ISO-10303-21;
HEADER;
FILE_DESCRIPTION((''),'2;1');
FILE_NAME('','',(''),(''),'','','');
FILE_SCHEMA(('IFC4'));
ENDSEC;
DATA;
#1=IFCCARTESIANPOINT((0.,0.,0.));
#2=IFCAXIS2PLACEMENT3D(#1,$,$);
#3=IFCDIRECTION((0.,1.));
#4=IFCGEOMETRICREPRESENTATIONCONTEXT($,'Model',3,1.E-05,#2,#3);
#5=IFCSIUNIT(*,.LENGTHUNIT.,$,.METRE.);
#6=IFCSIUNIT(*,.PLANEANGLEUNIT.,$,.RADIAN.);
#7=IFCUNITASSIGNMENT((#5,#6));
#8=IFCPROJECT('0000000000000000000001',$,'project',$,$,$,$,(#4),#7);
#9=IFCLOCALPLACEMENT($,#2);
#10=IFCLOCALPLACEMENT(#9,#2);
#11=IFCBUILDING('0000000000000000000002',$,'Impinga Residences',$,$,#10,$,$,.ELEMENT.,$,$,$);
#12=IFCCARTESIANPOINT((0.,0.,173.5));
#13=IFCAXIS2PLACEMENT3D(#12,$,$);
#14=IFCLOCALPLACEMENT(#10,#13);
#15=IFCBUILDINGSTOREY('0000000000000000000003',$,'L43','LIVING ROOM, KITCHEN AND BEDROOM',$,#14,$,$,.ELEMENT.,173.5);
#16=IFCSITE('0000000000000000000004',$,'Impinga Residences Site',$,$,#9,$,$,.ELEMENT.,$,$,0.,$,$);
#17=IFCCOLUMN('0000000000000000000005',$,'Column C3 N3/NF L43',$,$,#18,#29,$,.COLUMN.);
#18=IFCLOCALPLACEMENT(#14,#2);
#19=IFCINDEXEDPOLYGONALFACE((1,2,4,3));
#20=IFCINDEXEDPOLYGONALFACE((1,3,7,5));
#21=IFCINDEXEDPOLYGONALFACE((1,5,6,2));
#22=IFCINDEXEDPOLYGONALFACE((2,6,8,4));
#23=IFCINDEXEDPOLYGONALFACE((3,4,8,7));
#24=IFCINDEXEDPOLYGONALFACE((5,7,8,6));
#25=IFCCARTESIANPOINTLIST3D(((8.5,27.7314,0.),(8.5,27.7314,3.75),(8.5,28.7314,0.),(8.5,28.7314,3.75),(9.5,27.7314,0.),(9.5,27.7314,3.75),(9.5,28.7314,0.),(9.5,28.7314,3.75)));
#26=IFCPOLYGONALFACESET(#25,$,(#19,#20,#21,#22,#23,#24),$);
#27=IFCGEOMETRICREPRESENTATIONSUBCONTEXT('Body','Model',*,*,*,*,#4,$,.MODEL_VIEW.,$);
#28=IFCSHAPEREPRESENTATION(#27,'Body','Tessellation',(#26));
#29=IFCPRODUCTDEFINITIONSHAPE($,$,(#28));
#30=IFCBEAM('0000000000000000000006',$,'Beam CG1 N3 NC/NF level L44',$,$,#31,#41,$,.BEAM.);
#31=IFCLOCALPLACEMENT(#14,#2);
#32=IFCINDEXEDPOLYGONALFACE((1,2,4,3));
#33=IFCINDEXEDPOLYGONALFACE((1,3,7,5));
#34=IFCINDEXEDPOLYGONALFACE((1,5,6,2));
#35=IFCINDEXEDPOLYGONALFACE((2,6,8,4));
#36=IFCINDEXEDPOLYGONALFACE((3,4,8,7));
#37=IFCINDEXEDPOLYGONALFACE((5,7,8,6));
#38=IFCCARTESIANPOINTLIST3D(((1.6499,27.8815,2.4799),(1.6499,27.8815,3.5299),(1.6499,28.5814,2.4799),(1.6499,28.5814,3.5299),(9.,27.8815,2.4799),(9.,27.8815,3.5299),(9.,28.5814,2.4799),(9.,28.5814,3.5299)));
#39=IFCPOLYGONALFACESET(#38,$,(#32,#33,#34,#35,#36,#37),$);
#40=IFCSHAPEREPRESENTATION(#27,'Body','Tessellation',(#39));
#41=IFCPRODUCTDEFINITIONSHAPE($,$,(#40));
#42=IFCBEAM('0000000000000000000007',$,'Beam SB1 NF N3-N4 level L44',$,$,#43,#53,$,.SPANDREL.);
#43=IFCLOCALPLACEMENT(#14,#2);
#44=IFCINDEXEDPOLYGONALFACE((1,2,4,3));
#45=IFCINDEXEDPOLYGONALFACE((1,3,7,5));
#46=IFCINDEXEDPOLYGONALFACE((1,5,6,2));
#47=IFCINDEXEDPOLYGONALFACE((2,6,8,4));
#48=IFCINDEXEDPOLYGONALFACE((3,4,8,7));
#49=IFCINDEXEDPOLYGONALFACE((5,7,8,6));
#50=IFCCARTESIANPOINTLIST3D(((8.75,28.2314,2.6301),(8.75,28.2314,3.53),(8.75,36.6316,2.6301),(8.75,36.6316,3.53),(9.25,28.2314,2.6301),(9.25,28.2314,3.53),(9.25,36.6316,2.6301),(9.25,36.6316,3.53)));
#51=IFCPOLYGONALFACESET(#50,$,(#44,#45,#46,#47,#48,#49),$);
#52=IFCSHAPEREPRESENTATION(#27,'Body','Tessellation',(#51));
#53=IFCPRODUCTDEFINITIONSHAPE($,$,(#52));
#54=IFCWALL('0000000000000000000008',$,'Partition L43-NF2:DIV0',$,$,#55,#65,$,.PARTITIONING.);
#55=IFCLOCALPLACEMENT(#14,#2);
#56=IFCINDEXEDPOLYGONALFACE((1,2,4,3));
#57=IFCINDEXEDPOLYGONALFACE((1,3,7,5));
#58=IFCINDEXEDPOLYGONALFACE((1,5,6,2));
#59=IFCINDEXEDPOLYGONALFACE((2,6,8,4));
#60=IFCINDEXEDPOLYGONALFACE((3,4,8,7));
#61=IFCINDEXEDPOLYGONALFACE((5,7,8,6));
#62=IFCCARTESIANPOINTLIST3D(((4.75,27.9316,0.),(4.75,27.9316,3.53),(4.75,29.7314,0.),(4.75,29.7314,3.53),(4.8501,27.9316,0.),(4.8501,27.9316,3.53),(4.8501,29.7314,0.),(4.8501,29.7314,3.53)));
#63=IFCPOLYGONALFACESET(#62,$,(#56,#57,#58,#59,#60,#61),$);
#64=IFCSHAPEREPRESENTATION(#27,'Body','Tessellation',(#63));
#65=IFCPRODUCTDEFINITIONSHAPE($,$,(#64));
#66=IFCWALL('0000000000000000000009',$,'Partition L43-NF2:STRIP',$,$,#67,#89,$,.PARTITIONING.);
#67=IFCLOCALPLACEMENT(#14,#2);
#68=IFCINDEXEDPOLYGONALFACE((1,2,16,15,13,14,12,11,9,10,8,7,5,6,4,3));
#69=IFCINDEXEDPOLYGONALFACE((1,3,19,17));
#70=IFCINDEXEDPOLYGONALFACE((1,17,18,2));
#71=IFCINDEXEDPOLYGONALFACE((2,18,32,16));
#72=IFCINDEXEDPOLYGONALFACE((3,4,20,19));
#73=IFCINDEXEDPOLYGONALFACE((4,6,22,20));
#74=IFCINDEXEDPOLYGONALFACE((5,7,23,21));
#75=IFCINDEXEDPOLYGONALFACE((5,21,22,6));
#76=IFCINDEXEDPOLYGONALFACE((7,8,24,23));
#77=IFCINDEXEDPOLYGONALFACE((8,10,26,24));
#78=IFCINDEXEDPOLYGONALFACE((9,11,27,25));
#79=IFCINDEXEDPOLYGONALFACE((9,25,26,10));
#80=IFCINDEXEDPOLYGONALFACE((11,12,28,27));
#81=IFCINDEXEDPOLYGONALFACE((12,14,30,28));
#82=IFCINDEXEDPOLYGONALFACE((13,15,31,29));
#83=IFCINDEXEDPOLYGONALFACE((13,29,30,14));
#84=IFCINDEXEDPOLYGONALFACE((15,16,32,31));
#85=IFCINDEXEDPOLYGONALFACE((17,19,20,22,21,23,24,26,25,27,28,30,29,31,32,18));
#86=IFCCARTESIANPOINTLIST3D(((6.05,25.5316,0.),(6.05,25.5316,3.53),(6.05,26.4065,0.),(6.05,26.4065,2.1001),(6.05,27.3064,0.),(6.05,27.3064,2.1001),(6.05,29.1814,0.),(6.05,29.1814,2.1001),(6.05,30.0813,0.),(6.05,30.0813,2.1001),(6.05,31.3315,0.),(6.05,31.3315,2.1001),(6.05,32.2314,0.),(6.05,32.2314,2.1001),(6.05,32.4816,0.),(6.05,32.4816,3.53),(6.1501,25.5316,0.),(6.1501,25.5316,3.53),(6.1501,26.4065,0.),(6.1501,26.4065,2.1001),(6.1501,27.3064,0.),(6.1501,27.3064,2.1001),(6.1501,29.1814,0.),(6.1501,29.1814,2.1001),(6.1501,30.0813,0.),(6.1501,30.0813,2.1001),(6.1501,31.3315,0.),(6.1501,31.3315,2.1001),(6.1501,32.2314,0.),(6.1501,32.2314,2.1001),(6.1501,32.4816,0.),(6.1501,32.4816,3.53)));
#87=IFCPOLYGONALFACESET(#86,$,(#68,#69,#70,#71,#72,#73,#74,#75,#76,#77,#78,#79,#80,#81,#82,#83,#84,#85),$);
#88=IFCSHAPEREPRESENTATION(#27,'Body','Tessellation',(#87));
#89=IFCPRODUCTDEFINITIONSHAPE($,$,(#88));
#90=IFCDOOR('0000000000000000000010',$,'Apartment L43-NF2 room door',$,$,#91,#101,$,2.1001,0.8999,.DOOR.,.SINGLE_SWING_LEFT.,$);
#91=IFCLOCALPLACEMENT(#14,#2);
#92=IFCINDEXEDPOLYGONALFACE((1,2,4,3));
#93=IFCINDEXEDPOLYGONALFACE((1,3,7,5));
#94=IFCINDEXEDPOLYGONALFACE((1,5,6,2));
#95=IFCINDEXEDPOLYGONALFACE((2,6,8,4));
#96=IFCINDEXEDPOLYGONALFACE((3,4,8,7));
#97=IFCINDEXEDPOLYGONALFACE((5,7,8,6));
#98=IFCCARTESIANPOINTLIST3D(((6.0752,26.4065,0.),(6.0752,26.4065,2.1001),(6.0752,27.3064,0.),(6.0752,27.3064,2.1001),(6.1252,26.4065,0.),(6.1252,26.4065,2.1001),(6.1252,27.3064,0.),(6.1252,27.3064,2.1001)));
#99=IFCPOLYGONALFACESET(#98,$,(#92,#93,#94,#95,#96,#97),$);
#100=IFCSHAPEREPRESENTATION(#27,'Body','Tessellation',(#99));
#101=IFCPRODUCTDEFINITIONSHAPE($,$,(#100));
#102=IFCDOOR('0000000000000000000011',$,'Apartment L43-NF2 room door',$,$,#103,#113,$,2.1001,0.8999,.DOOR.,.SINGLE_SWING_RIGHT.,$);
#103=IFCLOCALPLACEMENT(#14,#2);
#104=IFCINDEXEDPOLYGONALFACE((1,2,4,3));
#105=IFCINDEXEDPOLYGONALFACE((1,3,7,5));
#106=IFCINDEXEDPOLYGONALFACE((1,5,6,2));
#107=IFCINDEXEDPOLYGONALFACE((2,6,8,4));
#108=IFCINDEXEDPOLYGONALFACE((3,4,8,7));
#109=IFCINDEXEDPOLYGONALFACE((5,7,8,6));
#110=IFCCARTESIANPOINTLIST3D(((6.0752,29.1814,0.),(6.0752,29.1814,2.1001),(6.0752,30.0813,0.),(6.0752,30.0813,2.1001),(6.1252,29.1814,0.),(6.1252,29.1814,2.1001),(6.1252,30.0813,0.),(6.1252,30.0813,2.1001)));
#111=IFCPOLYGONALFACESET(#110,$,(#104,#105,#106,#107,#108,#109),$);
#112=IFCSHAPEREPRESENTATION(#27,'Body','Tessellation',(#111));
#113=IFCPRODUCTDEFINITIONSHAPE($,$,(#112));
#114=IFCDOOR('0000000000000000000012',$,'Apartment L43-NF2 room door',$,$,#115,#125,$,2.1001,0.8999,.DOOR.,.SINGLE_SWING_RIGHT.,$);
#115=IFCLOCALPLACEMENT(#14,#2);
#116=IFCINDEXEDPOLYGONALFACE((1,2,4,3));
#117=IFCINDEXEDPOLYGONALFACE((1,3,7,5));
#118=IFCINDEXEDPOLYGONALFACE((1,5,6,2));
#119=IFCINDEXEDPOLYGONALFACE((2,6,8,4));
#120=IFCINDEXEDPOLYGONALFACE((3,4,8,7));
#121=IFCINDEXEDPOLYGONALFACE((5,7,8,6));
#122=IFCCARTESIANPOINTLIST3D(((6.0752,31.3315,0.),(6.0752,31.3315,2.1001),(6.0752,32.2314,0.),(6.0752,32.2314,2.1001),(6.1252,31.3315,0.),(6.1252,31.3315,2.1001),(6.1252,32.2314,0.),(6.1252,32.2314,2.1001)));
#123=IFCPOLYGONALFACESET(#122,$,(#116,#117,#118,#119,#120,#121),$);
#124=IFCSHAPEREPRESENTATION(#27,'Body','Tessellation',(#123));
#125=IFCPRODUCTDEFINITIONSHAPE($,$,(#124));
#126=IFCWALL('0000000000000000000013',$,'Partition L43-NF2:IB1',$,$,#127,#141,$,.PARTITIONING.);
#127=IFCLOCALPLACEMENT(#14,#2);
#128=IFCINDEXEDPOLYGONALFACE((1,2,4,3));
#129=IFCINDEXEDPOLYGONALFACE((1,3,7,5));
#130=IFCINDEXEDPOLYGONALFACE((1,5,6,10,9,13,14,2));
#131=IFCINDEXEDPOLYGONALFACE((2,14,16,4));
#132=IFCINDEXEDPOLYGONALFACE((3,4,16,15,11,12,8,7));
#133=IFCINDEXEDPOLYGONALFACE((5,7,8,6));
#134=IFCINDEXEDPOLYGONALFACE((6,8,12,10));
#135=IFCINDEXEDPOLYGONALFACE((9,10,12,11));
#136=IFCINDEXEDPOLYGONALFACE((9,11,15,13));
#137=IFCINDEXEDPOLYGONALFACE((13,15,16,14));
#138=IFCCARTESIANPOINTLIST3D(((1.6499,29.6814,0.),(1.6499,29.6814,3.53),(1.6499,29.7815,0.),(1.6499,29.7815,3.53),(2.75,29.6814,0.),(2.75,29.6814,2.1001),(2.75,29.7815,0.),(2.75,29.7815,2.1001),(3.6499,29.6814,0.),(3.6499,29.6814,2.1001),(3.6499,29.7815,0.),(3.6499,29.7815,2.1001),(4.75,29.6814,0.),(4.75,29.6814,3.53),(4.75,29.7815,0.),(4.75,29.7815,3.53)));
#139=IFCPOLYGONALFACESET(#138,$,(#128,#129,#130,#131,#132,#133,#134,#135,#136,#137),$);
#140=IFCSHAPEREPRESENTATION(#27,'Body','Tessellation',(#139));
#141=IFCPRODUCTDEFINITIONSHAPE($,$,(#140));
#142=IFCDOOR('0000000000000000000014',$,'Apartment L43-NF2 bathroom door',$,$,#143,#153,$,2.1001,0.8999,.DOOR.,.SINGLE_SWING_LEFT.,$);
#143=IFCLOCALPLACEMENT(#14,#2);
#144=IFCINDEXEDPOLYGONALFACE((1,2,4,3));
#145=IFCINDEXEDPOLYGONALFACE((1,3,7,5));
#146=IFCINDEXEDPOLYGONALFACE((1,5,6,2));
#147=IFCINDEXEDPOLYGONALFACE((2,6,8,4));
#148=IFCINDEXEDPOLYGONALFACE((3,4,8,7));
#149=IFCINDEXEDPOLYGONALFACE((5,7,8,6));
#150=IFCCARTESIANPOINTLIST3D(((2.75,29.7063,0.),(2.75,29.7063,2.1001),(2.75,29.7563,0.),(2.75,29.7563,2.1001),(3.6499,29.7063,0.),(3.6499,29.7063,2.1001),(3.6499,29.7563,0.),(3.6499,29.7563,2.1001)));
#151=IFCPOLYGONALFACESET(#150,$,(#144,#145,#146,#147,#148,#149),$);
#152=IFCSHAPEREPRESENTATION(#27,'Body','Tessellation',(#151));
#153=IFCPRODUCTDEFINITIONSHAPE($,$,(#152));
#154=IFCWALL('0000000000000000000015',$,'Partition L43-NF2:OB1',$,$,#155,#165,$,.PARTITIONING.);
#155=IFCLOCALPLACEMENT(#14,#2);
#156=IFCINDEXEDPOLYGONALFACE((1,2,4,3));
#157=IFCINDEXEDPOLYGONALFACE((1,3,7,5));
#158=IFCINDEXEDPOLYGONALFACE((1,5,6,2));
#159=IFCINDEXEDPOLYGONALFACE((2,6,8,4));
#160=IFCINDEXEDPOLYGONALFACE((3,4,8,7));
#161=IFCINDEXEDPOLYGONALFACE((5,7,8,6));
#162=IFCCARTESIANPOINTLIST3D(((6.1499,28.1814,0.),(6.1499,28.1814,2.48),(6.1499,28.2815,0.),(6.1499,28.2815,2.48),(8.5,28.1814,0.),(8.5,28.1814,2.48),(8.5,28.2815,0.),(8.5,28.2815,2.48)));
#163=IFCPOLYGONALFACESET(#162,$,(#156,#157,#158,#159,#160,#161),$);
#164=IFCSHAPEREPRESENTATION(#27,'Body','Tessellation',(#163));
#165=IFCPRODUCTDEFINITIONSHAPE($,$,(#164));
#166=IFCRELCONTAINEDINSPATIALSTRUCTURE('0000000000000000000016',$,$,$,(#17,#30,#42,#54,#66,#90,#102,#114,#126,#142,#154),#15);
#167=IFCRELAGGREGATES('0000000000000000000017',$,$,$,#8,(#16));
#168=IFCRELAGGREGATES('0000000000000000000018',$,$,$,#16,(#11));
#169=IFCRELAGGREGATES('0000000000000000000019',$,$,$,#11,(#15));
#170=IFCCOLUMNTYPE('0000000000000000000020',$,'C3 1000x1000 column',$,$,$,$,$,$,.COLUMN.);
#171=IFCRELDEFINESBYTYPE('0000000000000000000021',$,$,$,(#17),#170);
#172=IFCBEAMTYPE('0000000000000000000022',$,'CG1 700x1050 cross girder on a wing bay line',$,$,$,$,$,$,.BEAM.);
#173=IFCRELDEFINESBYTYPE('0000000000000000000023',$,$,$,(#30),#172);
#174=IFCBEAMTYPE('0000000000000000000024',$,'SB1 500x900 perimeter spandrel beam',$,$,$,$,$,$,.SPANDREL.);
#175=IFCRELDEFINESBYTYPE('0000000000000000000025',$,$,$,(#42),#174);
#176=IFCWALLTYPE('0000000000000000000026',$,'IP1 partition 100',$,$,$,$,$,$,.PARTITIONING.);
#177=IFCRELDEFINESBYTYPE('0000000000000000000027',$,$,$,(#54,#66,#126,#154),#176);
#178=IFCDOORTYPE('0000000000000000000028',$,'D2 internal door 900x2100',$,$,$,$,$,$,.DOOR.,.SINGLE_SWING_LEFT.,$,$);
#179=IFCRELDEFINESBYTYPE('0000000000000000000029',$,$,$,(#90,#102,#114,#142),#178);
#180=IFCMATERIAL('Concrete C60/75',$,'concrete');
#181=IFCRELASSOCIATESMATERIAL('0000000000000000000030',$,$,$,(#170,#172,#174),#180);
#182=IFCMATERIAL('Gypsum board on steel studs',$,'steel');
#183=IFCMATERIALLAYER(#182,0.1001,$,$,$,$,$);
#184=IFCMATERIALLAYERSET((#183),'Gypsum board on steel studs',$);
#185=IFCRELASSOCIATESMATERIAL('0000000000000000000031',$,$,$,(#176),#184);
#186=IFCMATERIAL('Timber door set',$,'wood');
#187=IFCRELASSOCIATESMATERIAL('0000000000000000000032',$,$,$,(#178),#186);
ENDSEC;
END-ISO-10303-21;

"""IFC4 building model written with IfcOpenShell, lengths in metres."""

from ifc_helpers import new_model, si_unit, direction, frame, frame_2d, origin, origin_2d, place, context, subcontext, project, spatial, rectangle, extrude, material, layer, layer_set, material_profile, profile_set, type_object, element, fill, save


model = new_model("IFC4")

# Units and contexts
model_context = context("Model", 3, precision=1e-05, world=origin(), true_north=direction((0.0, 1.0)))
body_context = subcontext(model_context, "Body", "Model", "MODEL_VIEW")
ifc_project = project(units=[si_unit("LENGTHUNIT", "METRE"), si_unit("PLANEANGLEUNIT", "RADIAN")], contexts=[model_context])

# Site, building, storey
site_placement = place(None, origin())
site = spatial("IfcSite", under=ifc_project, at=site_placement, Name="Impinga Residences Site", CompositionType="ELEMENT", RefElevation=0.0)
building_placement = place(site_placement, origin())
building = spatial("IfcBuilding", under=site, at=building_placement, Name="Impinga Residences", CompositionType="ELEMENT")
storey_placement = place(building_placement, frame((0.0, 0.0, 173.5)))
storey = spatial("IfcBuildingStorey", under=building, at=storey_placement, Name="L43", Description="LIVING ROOM, KITCHEN AND BEDROOM", CompositionType="ELEMENT", Elevation=173.5)

# Column
ifc_material_1 = material(Name="Concrete C60/75", Category="concrete")
ifc_material_profile_1 = material_profile(ifc_material_1, rectangle(XDim=1.0, YDim=1.0, at=origin_2d()), Name="RC 1000x1000")
ifc_profile_set_1 = profile_set([ifc_material_profile_1], Name="Concrete C60/75")
column_type = type_object("IfcColumnType", Name="C3 1000x1000 column", PredefinedType="COLUMN", material=ifc_profile_set_1)
column_placement = place(storey_placement, frame((9.0, 28.2314, 0.0), z_axis=(0.0, 0.0, 1.0), x_axis=(1.0, 0.0, 0.0)))
element("IfcColumn", 1, at=column_placement, inside=storey, type_object=column_type, Name="Column C3 N3/NF L43", PredefinedType="COLUMN", context=body_context, shape_type="SweptSolid", body=[
    extrude(rectangle(XDim=1.0, YDim=1.0, at=origin_2d()), origin(), (0.0, 0.0, 1.0), 3.75),
])

# Beams
ifc_material_profile_2 = material_profile(ifc_material_1, rectangle(XDim=0.7, YDim=1.05, at=origin_2d()), Name="RC 700x1050")
ifc_profile_set_2 = profile_set([ifc_material_profile_2], Name="Concrete C60/75")
beam_type_1 = type_object("IfcBeamType", Name="CG1 700x1050 cross girder on a wing bay line", PredefinedType="BEAM", material=ifc_profile_set_2)
beam_1_placement = place(storey_placement, frame((1.6499, 28.2314, 3.0049), z_axis=(1.0, 0.0, 0.0), x_axis=(0.0, 1.0, 0.0)))
element("IfcBeam", 2, at=beam_1_placement, inside=storey, type_object=beam_type_1, Name="Beam CG1 N3 NC/NF level L44", PredefinedType="BEAM", context=body_context, shape_type="SweptSolid", body=[
    extrude(rectangle(XDim=0.7, YDim=1.05, at=origin_2d()), origin(), (0.0, 0.0, 1.0), 7.3501),
])
ifc_material_profile_3 = material_profile(ifc_material_1, rectangle(XDim=0.5, YDim=0.8999, at=origin_2d()), Name="RC 500x900")
ifc_profile_set_3 = profile_set([ifc_material_profile_3], Name="Concrete C60/75")
beam_type_2 = type_object("IfcBeamType", Name="SB1 500x900 perimeter spandrel beam", PredefinedType="SPANDREL", material=ifc_profile_set_3)
beam_2_placement = place(storey_placement, frame((9.0, 28.2314, 3.0801), z_axis=(0.0, 1.0, 0.0), x_axis=(-1.0, 0.0, 0.0)))
element("IfcBeam", 3, at=beam_2_placement, inside=storey, type_object=beam_type_2, Name="Beam SB1 NF N3-N4 level L44", PredefinedType="SPANDREL", context=body_context, shape_type="SweptSolid", body=[
    extrude(rectangle(XDim=0.5, YDim=0.8999, at=origin_2d()), origin(), (0.0, 0.0, 1.0), 8.4001),
])

# Wall
ifc_material_2 = material(Name="Gypsum board on steel studs", Category="steel")
ifc_layer_1 = layer(ifc_material_2, 0.1001)
ifc_layer_set_1 = layer_set([ifc_layer_1], Name="Gypsum board on steel studs")
wall_type_1 = type_object("IfcWallType", Name="IP1 partition 100", PredefinedType="PARTITIONING", material=ifc_layer_set_1)
wall_1_placement = place(storey_placement, frame((4.8, 27.9316, 0.0), z_axis=(0.0, 0.0, 1.0), x_axis=(0.0, 1.0, 0.0)))
element("IfcWall", 4, at=wall_1_placement, inside=storey, type_object=wall_type_1, Name="Partition L43-NF2:DIV0", PredefinedType="PARTITIONING", context=body_context, shape_type="SweptSolid", body=[
    extrude(rectangle(XDim=1.7998, YDim=0.1001, at=frame_2d((0.8999, 0.0))), origin(), (0.0, 0.0, 1.0), 3.53),
])

# Wall, openings, doors
wall_2_placement = place(storey_placement, frame((6.1001, 25.5315, 0.0), z_axis=(0.0, 0.0, 1.0), x_axis=(0.0, 1.0, 0.0)))
wall_2 = element("IfcWall", 5, at=wall_2_placement, inside=storey, type_object=wall_type_1, Name="Partition L43-NF2:STRIP", PredefinedType="PARTITIONING", context=body_context, shape_type="SweptSolid", body=[
    extrude(rectangle(XDim=6.95, YDim=0.1001, at=frame_2d((3.4751, 0.0))), origin(), (0.0, 0.0, 1.0), 3.53),
])
opening_1_placement = place(wall_2_placement, frame((0.875, 0.0, 0.0)))
opening_1 = element("IfcOpeningElement", 6, at=opening_1_placement, cuts=wall_2, PredefinedType="OPENING", context=body_context, shape_type="SweptSolid", body=[
    extrude(rectangle(XDim=0.8999, YDim=2.1001, at=frame_2d((0.45, 1.05))), frame((0.0, 0.0601, 0.0), z_axis=(0.0, -1.0, 0.0), x_axis=(1.0, 0.0, 0.0)), (0.0, 0.0, 1.0), 0.1201),
])
opening_2_placement = place(wall_2_placement, frame((3.6499, 0.0, 0.0)))
opening_2 = element("IfcOpeningElement", 7, at=opening_2_placement, cuts=wall_2, PredefinedType="OPENING", context=body_context, shape_type="SweptSolid", body=[
    extrude(rectangle(XDim=0.8999, YDim=2.1001, at=frame_2d((0.45, 1.05))), frame((0.0, 0.0601, 0.0), z_axis=(0.0, -1.0, 0.0), x_axis=(1.0, 0.0, 0.0)), (0.0, 0.0, 1.0), 0.1201),
])
opening_3_placement = place(wall_2_placement, frame((5.8, 0.0, 0.0)))
opening_3 = element("IfcOpeningElement", 8, at=opening_3_placement, cuts=wall_2, PredefinedType="OPENING", context=body_context, shape_type="SweptSolid", body=[
    extrude(rectangle(XDim=0.8999, YDim=2.1001, at=frame_2d((0.45, 1.05))), frame((0.0, 0.0601, 0.0), z_axis=(0.0, -1.0, 0.0), x_axis=(1.0, 0.0, 0.0)), (0.0, 0.0, 1.0), 0.1201),
])
ifc_material_3 = material(Name="Timber door set", Category="wood")
door_type = type_object("IfcDoorType", Name="D2 internal door 900x2100", OperationType="SINGLE_SWING_LEFT", PredefinedType="DOOR", material=ifc_material_3)
door_1_placement = place(opening_1_placement, origin())
door_1 = element("IfcDoor", 9, at=door_1_placement, inside=storey, type_object=door_type, Name="Apartment L43-NF2 room door", OperationType="SINGLE_SWING_LEFT", OverallHeight=2.1001, OverallWidth=0.8999, PredefinedType="DOOR", context=body_context, shape_type="SweptSolid", body=[
    extrude(rectangle(XDim=0.8999, YDim=2.1001, at=frame_2d((0.45, 1.05))), frame((0.0, 0.0249, 0.0), z_axis=(0.0, -1.0, 0.0), x_axis=(1.0, 0.0, 0.0)), (0.0, 0.0, 1.0), 0.05),
])
fill(opening_1, door_1)
door_2_placement = place(opening_2_placement, origin())
door_2 = element("IfcDoor", 10, at=door_2_placement, inside=storey, type_object=door_type, Name="Apartment L43-NF2 room door", OperationType="SINGLE_SWING_RIGHT", OverallHeight=2.1001, OverallWidth=0.8999, PredefinedType="DOOR", context=body_context, shape_type="SweptSolid", body=[
    extrude(rectangle(XDim=0.8999, YDim=2.1001, at=frame_2d((0.45, 1.05))), frame((0.0, 0.0249, 0.0), z_axis=(0.0, -1.0, 0.0), x_axis=(1.0, 0.0, 0.0)), (0.0, 0.0, 1.0), 0.05),
])
fill(opening_2, door_2)
door_3_placement = place(opening_3_placement, origin())
door_3 = element("IfcDoor", 11, at=door_3_placement, inside=storey, type_object=door_type, Name="Apartment L43-NF2 room door", OperationType="SINGLE_SWING_RIGHT", OverallHeight=2.1001, OverallWidth=0.8999, PredefinedType="DOOR", context=body_context, shape_type="SweptSolid", body=[
    extrude(rectangle(XDim=0.8999, YDim=2.1001, at=frame_2d((0.45, 1.05))), frame((0.0, 0.0249, 0.0), z_axis=(0.0, -1.0, 0.0), x_axis=(1.0, 0.0, 0.0)), (0.0, 0.0, 1.0), 0.05),
])
fill(opening_3, door_3)

# Wall, opening, door
wall_3_placement = place(storey_placement, frame((1.6499, 29.7314, 0.0), z_axis=(0.0, 0.0, 1.0), x_axis=(1.0, 0.0, 0.0)))
wall_3 = element("IfcWall", 12, at=wall_3_placement, inside=storey, type_object=wall_type_1, Name="Partition L43-NF2:IB1", PredefinedType="PARTITIONING", context=body_context, shape_type="SweptSolid", body=[
    extrude(rectangle(XDim=3.1001, YDim=0.1001, at=frame_2d((1.55, 0.0))), origin(), (0.0, 0.0, 1.0), 3.53),
])
opening_4_placement = place(wall_3_placement, frame((1.1001, 0.0, 0.0)))
opening_4 = element("IfcOpeningElement", 13, at=opening_4_placement, cuts=wall_3, PredefinedType="OPENING", context=body_context, shape_type="SweptSolid", body=[
    extrude(rectangle(XDim=0.8999, YDim=2.1001, at=frame_2d((0.45, 1.05))), frame((0.0, 0.0601, 0.0), z_axis=(0.0, -1.0, 0.0), x_axis=(1.0, 0.0, 0.0)), (0.0, 0.0, 1.0), 0.1201),
])
door_4_placement = place(opening_4_placement, origin())
door_4 = element("IfcDoor", 14, at=door_4_placement, inside=storey, type_object=door_type, Name="Apartment L43-NF2 bathroom door", OperationType="SINGLE_SWING_LEFT", OverallHeight=2.1001, OverallWidth=0.8999, PredefinedType="DOOR", context=body_context, shape_type="SweptSolid", body=[
    extrude(rectangle(XDim=0.8999, YDim=2.1001, at=frame_2d((0.45, 1.05))), frame((0.0, 0.0249, 0.0), z_axis=(0.0, -1.0, 0.0), x_axis=(1.0, 0.0, 0.0)), (0.0, 0.0, 1.0), 0.05),
])
fill(opening_4, door_4)

# Wall
wall_4_placement = place(storey_placement, frame((6.1499, 28.2314, 0.0), z_axis=(0.0, 0.0, 1.0), x_axis=(1.0, 0.0, 0.0)))
element("IfcWall", 15, at=wall_4_placement, inside=storey, type_object=wall_type_1, Name="Partition L43-NF2:OB1", PredefinedType="PARTITIONING", context=body_context, shape_type="SweptSolid", body=[
    extrude(rectangle(XDim=2.3501, YDim=0.1001, at=frame_2d((1.175, 0.0))), origin(), (0.0, 0.0, 1.0), 2.48),
])

save(model, "model.ifc")
